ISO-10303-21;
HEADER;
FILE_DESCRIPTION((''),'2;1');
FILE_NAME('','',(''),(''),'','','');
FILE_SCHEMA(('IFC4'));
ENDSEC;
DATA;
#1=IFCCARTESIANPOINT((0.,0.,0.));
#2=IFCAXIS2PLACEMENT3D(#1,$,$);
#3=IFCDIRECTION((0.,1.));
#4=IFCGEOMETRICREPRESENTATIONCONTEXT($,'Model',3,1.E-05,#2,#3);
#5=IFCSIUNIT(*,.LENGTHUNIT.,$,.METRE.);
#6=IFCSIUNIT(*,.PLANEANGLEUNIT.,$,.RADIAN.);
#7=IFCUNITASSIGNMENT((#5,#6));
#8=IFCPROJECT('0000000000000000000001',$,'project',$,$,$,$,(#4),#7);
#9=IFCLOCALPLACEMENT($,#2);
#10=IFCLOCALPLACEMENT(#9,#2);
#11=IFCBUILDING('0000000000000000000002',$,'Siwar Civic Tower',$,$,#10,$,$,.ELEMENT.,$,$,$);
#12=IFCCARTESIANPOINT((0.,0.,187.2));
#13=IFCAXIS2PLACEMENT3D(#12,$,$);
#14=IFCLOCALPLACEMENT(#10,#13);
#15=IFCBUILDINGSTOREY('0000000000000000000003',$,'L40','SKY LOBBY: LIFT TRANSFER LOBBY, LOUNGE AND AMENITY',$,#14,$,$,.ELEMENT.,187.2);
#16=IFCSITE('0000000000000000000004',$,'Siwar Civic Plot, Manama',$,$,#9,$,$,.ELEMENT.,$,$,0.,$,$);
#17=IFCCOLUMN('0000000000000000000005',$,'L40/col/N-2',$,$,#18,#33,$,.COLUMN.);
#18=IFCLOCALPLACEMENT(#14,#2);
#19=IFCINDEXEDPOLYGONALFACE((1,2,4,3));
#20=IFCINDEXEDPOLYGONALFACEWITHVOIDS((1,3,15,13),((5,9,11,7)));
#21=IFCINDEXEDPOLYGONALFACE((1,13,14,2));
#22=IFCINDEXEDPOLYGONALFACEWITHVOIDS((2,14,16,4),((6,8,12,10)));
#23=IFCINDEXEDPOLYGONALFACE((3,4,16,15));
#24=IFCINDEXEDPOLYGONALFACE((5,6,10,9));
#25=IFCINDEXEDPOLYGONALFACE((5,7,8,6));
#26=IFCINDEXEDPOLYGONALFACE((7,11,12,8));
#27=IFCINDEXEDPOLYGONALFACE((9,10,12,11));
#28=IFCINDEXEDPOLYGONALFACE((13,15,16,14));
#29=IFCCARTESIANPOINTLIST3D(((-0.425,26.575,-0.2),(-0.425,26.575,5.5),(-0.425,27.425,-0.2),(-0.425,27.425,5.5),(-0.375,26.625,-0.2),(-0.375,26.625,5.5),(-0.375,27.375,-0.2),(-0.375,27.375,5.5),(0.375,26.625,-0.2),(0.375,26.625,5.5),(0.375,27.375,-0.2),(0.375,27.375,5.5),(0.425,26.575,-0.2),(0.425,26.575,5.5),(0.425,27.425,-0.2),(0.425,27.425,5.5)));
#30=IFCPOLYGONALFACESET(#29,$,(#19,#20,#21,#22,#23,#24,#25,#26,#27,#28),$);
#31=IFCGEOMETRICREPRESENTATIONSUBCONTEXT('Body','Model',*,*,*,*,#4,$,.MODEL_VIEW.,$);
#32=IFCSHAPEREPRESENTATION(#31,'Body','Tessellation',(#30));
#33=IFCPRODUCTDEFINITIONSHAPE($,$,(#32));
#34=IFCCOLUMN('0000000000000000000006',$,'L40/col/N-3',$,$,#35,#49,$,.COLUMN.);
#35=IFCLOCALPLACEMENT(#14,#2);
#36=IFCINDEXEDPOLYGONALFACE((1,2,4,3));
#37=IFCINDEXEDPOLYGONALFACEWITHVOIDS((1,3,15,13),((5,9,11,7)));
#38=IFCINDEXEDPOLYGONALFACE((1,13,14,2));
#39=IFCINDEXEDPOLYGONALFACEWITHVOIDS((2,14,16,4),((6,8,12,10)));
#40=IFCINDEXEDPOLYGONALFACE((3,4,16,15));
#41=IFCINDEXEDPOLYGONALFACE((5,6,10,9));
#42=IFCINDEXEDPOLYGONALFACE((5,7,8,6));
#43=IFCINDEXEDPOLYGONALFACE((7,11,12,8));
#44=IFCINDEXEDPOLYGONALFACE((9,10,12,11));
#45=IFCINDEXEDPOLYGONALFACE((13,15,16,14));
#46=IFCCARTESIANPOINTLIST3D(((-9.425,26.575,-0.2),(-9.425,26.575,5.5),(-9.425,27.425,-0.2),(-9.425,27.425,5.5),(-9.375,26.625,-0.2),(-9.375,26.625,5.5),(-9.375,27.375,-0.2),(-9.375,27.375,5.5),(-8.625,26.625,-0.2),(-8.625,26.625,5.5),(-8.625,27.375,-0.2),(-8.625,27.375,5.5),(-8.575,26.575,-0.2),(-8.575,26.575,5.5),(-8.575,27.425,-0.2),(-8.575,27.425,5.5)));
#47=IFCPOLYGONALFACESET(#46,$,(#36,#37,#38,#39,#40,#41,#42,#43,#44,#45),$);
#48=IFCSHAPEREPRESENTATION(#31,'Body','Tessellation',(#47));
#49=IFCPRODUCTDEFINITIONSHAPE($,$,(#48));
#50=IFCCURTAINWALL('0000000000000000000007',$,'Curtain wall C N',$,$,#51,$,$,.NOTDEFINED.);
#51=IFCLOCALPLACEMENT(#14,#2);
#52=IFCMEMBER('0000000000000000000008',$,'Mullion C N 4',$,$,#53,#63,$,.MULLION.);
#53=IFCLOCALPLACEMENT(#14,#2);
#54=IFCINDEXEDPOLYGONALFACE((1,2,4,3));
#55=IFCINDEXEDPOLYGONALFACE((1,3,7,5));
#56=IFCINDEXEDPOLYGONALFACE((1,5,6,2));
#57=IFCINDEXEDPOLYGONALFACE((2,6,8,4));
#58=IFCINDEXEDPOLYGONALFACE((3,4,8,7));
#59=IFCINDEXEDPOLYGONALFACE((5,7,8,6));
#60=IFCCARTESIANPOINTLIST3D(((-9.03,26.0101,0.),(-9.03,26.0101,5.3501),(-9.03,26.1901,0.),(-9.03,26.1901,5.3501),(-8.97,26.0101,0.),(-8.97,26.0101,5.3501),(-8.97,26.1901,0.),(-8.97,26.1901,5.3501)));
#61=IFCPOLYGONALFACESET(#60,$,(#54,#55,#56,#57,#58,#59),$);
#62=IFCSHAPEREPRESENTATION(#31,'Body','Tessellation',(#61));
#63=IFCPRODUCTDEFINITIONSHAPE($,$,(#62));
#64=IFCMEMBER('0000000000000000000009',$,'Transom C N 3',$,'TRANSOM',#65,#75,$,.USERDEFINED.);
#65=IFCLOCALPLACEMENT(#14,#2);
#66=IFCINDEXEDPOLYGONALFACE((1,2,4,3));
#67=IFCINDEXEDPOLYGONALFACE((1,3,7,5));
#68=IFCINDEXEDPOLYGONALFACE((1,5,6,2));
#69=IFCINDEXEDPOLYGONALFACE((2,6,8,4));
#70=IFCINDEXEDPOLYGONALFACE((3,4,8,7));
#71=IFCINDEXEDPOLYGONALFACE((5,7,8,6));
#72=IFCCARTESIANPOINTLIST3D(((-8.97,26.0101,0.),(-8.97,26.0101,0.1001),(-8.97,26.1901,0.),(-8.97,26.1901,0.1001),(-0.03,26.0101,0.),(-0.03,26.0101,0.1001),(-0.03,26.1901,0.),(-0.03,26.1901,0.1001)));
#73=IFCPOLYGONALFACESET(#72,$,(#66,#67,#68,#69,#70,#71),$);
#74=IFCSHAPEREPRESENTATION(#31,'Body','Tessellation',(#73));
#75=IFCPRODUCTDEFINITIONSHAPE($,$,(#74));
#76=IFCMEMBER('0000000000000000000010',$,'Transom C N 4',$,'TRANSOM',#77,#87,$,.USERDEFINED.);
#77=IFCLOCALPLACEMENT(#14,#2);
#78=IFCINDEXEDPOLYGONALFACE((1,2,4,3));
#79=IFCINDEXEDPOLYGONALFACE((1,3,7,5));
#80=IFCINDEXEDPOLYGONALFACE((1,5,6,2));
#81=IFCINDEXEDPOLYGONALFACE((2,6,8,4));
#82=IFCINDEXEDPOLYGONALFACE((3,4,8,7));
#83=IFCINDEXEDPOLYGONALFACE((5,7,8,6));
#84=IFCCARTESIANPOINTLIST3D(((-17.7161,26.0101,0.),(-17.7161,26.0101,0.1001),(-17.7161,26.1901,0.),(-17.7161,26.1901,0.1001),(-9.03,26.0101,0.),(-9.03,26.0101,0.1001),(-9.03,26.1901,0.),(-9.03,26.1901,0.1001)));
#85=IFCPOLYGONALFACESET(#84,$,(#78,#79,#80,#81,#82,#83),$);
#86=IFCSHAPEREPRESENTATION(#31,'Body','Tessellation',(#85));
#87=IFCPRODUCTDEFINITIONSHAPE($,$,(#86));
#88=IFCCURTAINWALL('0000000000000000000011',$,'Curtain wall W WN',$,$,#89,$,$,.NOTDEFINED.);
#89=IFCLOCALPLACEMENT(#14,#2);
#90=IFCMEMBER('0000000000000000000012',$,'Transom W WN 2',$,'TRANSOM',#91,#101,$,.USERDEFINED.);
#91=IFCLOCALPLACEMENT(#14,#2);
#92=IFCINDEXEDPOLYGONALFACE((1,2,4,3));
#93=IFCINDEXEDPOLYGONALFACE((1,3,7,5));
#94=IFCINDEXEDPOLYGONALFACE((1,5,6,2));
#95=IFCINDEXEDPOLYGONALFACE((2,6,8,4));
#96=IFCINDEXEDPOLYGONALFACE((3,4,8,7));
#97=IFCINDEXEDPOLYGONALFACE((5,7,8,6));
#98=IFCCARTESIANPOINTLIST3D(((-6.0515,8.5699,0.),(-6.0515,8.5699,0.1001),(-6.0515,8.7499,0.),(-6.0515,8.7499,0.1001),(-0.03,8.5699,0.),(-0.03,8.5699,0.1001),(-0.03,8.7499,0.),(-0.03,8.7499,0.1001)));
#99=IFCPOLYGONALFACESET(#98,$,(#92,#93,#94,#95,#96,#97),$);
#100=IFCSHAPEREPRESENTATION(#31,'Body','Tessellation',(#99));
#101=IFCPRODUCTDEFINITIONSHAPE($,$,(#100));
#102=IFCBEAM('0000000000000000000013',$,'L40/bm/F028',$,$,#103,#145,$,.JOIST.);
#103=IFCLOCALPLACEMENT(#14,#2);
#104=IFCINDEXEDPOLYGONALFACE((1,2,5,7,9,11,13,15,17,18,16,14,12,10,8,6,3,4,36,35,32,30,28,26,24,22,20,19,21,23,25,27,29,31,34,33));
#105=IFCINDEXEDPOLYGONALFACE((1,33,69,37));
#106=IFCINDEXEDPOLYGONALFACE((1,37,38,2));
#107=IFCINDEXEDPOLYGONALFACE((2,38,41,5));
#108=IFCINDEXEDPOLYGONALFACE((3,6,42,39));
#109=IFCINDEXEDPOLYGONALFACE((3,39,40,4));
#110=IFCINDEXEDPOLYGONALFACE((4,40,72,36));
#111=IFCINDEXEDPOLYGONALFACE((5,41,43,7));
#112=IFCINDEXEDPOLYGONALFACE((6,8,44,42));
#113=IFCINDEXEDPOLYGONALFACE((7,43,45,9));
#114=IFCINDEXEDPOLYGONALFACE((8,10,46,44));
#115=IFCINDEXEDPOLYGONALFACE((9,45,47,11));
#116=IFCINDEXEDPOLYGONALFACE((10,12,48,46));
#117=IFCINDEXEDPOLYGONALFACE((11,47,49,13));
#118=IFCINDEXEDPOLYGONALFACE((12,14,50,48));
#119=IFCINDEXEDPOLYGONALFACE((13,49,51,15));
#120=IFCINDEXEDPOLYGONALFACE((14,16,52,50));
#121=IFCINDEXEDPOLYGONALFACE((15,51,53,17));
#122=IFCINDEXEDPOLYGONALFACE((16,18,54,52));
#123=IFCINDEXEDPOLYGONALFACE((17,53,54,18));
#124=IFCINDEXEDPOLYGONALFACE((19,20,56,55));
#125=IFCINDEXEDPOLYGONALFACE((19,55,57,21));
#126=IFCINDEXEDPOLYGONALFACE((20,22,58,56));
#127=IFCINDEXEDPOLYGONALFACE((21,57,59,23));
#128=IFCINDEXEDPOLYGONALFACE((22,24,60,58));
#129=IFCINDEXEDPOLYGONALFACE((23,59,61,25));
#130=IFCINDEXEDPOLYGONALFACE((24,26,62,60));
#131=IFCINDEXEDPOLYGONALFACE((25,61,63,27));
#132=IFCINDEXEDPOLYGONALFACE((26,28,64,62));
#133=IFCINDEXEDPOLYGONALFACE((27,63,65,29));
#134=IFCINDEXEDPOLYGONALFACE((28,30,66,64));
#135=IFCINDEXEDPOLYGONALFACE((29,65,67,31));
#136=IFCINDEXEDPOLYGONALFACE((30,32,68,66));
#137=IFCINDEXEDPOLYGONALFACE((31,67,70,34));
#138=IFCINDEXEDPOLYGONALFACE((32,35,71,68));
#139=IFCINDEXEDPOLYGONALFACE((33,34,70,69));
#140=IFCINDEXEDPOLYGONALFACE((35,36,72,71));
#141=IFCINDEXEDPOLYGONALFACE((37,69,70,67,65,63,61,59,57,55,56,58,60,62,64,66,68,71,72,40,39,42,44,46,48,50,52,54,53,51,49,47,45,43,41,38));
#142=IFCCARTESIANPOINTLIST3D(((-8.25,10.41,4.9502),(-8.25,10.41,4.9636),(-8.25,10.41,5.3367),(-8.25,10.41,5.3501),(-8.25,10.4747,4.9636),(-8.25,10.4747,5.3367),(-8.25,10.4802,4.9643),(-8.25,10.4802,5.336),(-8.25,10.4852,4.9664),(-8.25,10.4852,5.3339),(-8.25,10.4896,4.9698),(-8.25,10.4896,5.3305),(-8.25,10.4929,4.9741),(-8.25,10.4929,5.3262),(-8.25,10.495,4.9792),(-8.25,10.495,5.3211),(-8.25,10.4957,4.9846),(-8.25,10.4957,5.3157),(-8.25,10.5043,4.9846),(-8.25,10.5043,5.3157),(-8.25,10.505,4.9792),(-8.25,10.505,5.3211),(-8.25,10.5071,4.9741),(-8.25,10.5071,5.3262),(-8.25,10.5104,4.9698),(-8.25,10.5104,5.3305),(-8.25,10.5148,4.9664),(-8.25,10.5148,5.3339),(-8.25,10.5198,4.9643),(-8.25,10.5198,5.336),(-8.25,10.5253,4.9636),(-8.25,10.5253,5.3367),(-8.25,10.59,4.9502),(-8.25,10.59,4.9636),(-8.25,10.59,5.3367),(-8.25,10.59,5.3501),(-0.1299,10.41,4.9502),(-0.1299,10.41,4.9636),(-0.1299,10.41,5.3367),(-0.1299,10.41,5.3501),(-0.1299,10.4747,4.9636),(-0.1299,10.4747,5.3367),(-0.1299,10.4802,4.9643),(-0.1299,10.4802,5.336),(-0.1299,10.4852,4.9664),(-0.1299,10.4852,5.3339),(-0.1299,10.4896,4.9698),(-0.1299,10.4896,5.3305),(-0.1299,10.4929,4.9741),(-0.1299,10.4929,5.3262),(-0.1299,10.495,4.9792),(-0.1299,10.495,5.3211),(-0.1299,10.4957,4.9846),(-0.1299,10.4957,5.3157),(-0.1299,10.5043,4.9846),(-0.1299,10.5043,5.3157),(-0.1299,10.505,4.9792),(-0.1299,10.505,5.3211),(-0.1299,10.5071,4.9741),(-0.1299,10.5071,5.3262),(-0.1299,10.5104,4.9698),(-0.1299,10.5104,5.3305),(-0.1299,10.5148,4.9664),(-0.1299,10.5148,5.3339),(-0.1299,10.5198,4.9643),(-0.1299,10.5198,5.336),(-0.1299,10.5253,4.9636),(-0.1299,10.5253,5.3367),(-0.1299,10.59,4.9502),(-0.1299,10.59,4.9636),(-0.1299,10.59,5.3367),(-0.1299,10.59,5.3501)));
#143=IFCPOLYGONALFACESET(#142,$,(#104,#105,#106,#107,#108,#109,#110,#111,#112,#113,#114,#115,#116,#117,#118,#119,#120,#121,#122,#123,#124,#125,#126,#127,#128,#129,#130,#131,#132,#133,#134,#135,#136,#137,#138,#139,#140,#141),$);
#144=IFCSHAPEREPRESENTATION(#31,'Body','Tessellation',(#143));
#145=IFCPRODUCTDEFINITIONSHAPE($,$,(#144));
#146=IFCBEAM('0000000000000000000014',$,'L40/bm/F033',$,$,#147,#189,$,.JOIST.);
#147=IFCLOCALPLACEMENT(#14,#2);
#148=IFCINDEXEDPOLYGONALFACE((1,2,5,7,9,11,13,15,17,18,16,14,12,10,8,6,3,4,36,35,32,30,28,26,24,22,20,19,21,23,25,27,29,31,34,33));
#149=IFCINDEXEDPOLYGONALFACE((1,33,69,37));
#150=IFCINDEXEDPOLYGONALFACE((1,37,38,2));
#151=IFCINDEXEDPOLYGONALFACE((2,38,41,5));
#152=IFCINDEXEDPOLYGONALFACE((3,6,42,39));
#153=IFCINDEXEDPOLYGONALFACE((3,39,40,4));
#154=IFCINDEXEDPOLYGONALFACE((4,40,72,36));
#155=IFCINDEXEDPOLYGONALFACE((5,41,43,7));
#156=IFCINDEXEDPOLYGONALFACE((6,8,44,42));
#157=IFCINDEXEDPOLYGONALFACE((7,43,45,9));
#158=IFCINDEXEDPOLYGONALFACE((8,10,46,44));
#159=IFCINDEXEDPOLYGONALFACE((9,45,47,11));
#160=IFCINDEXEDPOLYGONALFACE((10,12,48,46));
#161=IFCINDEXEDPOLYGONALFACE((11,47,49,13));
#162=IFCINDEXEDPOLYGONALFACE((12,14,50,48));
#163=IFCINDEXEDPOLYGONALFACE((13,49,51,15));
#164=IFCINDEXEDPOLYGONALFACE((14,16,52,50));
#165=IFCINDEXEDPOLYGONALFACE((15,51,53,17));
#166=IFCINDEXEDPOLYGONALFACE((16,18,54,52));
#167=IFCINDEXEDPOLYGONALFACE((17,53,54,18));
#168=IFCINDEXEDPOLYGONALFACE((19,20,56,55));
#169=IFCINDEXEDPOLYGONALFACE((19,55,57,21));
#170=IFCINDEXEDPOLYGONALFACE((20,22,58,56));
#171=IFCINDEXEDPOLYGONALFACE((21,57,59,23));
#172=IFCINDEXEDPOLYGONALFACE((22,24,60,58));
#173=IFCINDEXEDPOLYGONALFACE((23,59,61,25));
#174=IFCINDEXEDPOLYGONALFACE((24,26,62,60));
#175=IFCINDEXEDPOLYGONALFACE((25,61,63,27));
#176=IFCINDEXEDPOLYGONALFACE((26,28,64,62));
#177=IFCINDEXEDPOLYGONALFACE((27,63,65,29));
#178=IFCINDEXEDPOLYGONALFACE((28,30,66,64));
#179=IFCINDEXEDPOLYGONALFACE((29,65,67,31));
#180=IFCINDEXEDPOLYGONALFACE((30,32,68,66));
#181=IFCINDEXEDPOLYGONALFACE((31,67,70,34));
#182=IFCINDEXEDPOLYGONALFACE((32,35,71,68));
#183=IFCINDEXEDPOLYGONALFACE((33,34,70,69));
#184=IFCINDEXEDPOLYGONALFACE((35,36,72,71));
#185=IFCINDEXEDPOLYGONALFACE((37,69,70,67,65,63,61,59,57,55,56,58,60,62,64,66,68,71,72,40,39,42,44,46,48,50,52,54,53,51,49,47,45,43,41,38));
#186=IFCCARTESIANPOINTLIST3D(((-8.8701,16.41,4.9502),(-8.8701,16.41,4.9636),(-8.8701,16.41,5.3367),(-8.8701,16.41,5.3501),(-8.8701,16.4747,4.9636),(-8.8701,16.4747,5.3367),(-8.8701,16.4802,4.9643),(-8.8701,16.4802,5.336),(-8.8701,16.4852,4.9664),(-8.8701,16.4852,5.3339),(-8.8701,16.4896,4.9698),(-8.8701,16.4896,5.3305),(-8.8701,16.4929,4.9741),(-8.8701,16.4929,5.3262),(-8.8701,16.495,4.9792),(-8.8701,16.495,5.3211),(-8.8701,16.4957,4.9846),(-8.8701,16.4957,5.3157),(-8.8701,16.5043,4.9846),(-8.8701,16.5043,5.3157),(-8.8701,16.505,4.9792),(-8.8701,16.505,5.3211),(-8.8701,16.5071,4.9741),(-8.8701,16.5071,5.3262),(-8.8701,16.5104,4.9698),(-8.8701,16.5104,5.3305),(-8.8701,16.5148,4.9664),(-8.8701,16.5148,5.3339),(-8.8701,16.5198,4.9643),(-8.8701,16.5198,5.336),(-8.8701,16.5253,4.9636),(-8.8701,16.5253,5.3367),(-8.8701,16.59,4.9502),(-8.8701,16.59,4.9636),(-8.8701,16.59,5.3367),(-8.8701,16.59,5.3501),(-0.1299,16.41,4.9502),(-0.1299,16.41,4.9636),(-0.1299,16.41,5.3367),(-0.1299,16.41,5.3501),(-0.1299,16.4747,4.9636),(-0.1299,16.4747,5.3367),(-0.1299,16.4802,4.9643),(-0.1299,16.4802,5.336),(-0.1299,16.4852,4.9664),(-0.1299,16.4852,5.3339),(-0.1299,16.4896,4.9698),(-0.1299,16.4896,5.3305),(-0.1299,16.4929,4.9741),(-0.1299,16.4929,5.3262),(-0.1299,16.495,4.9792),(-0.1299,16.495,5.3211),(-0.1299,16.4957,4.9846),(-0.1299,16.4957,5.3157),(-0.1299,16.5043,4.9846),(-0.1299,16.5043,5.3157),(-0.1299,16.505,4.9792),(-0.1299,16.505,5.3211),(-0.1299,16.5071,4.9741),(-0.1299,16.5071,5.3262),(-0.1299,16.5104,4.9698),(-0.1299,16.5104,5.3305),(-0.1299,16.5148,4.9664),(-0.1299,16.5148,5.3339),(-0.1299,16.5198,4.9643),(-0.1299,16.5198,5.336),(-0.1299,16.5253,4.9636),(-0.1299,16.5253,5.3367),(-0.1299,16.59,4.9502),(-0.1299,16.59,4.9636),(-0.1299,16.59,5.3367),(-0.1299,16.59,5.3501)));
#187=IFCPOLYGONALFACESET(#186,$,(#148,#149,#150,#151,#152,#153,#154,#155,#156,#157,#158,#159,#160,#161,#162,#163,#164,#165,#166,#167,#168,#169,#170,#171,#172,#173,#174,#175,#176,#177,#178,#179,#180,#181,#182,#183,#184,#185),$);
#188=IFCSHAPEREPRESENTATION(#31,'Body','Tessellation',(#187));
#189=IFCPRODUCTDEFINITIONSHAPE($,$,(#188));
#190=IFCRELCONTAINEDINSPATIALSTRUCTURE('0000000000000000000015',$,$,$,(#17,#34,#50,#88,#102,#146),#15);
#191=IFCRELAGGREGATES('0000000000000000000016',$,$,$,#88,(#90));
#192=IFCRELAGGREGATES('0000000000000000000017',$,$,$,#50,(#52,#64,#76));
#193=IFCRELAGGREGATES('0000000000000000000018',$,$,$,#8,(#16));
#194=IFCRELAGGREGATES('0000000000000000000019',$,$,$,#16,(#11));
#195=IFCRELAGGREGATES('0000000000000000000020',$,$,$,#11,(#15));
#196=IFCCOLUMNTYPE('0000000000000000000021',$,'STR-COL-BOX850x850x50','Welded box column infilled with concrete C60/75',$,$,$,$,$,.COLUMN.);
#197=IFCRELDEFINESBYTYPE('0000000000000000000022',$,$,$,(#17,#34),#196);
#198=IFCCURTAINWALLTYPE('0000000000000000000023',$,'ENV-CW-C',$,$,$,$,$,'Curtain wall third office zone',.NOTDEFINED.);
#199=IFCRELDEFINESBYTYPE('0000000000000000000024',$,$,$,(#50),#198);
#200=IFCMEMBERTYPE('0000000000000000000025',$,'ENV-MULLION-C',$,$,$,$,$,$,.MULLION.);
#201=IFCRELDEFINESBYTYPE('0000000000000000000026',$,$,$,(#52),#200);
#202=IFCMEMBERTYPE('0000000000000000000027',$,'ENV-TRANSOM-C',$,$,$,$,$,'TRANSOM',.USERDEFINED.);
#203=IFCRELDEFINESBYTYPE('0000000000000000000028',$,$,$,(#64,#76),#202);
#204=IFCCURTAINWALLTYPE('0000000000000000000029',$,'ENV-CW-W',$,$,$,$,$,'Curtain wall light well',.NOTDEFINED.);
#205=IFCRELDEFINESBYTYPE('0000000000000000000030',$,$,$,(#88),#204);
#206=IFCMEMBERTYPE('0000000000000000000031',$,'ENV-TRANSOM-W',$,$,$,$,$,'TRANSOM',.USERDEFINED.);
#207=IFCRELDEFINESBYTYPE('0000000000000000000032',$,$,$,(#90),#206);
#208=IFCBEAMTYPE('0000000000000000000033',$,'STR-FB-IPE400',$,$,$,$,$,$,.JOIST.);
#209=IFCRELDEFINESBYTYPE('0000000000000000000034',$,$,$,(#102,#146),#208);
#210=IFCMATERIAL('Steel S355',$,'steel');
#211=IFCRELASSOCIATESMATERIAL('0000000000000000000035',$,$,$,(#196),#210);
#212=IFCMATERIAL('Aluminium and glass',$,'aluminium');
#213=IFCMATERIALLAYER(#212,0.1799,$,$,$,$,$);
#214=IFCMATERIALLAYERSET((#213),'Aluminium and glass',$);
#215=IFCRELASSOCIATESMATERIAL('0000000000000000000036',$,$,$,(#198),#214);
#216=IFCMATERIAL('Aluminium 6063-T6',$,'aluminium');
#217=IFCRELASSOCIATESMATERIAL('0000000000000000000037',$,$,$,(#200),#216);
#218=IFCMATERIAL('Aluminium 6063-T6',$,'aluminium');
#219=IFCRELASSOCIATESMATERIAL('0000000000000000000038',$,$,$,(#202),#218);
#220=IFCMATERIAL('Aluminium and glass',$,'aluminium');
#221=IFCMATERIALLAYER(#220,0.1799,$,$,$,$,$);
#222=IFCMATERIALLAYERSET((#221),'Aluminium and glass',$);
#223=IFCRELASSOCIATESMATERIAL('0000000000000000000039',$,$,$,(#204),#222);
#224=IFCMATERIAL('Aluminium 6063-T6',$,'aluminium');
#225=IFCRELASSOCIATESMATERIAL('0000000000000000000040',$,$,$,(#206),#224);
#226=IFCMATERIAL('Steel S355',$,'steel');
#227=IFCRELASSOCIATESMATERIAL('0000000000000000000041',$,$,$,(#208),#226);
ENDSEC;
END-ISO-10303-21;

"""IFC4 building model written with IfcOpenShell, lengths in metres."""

from ifc_helpers import new_model, si_unit, direction, frame, origin, origin_2d, place, context, subcontext, project, spatial, rectangle, hollow_rectangle, i_section, extrude, material, layer, layer_set, material_profile, profile_set, type_object, element, aggregate, save


model = new_model("IFC4")

# Units and contexts
model_context = context("Model", 3, precision=1e-05, world=origin(), true_north=direction((0.0, 1.0)))
body_context = subcontext(model_context, "Body", "Model", "MODEL_VIEW")
ifc_project = project(units=[si_unit("LENGTHUNIT", "METRE"), si_unit("PLANEANGLEUNIT", "RADIAN")], contexts=[model_context])

# Site, building, storey
site_placement = place(None, origin())
site = spatial("IfcSite", under=ifc_project, at=site_placement, Name="Siwar Civic Plot, Manama", CompositionType="ELEMENT", RefElevation=0.0)
building_placement = place(site_placement, origin())
building = spatial("IfcBuilding", under=site, at=building_placement, Name="Siwar Civic Tower", CompositionType="ELEMENT")
storey_placement = place(building_placement, frame((0.0, 0.0, 187.2)))
storey = spatial("IfcBuildingStorey", under=building, at=storey_placement, Name="L40", Description="SKY LOBBY: LIFT TRANSFER LOBBY, LOUNGE AND AMENITY", CompositionType="ELEMENT", Elevation=187.2)

# Columns
ifc_material_1 = material(Name="Steel S355", Category="steel")
ifc_material_profile_1 = material_profile(ifc_material_1, hollow_rectangle(XDim=0.8501, YDim=0.8501, WallThickness=0.05, at=origin_2d()), Name="BOX850x850x50")
ifc_profile_set_1 = profile_set([ifc_material_profile_1], Name="Steel S355")
column_type = type_object("IfcColumnType", Name="STR-COL-BOX850x850x50", Description="Welded box column infilled with concrete C60/75", PredefinedType="COLUMN", material=ifc_profile_set_1)
for number, where, z_axis, x_axis, name in (
    (1, (0.0, 27.0, -0.2), (0.0, 0.0, 1.0), (1.0, 0.0, 0.0), "L40/col/N-2"),
    (2, (-9.0, 27.0, -0.2), (0.0, 0.0, 1.0), (1.0, 0.0, 0.0), "L40/col/N-3"),
):
    element("IfcColumn", number, at=place(storey_placement, frame(where, z_axis=z_axis, x_axis=x_axis)), inside=storey, type_object=column_type, Name=name, PredefinedType="COLUMN", context=body_context, shape_type="SweptSolid", body=[
        extrude(hollow_rectangle(XDim=0.8501, YDim=0.8501, WallThickness=0.05, at=origin_2d()), origin(), (0.0, 0.0, 1.0), 5.7),
    ])

# Curtain wall, members
ifc_material_2 = material(Name="Aluminium and glass", Category="aluminium")
ifc_layer_1 = layer(ifc_material_2, 0.1799)
ifc_layer_set_1 = layer_set([ifc_layer_1], Name="Aluminium and glass")
curtain_wall_type_1 = type_object("IfcCurtainWallType", Name="ENV-CW-C", ElementType="Curtain wall third office zone", PredefinedType="NOTDEFINED", material=ifc_layer_set_1)
curtain_wall_1_placement = place(storey_placement, origin())
curtain_wall_1 = element("IfcCurtainWall", 3, at=curtain_wall_1_placement, inside=storey, type_object=curtain_wall_type_1, Name="Curtain wall C N", PredefinedType="NOTDEFINED")
ifc_material_3 = material(Name="Aluminium 6063-T6", Category="aluminium")
ifc_material_profile_2 = material_profile(ifc_material_3, rectangle(XDim=0.1799, YDim=0.0601, at=origin_2d()), Name="AL 180x60")
ifc_profile_set_2 = profile_set([ifc_material_profile_2], Name="Aluminium 6063-T6")
member_type_1 = type_object("IfcMemberType", Name="ENV-MULLION-C", PredefinedType="MULLION", material=ifc_profile_set_2)
member_1_placement = place(storey_placement, frame((-9.0, 26.1001, 0.0), z_axis=(0.0, 0.0, 1.0), x_axis=(0.0, -1.0, 0.0)))
member_1 = element("IfcMember", 4, at=member_1_placement, type_object=member_type_1, Name="Mullion C N 4", PredefinedType="MULLION", context=body_context, shape_type="SweptSolid", body=[
    extrude(rectangle(XDim=0.1799, YDim=0.0601, at=origin_2d()), origin(), (0.0, 0.0, 1.0), 5.3501),
])
ifc_material_4 = material(Name="Aluminium 6063-T6", Category="aluminium")
ifc_material_profile_3 = material_profile(ifc_material_4, rectangle(XDim=0.1799, YDim=0.1001, at=origin_2d()), Name="AL 180x100")
ifc_profile_set_3 = profile_set([ifc_material_profile_3], Name="Aluminium 6063-T6")
member_type_2 = type_object("IfcMemberType", Name="ENV-TRANSOM-C", ElementType="TRANSOM", PredefinedType="USERDEFINED", material=ifc_profile_set_3)
member_2_placement = place(storey_placement, frame((-0.03, 26.1001, 0.05), z_axis=(-1.0, 0.0, 0.0), x_axis=(0.0, -1.0, 0.0)))
member_2 = element("IfcMember", 5, at=member_2_placement, type_object=member_type_2, Name="Transom C N 3", ObjectType="TRANSOM", PredefinedType="USERDEFINED", context=body_context, shape_type="SweptSolid", body=[
    extrude(rectangle(XDim=0.1799, YDim=0.1001, at=origin_2d()), origin(), (0.0, 0.0, 1.0), 8.9399),
])
member_3_placement = place(storey_placement, frame((-9.03, 26.1001, 0.05), z_axis=(-1.0, 0.0, 0.0), x_axis=(0.0, -1.0, 0.0)))
member_3 = element("IfcMember", 6, at=member_3_placement, type_object=member_type_2, Name="Transom C N 4", ObjectType="TRANSOM", PredefinedType="USERDEFINED", context=body_context, shape_type="SweptSolid", body=[
    extrude(rectangle(XDim=0.1799, YDim=0.1001, at=origin_2d()), origin(), (0.0, 0.0, 1.0), 8.686),
])

# Curtain wall, member
ifc_material_5 = material(Name="Aluminium and glass", Category="aluminium")
ifc_layer_2 = layer(ifc_material_5, 0.1799)
ifc_layer_set_2 = layer_set([ifc_layer_2], Name="Aluminium and glass")
curtain_wall_type_2 = type_object("IfcCurtainWallType", Name="ENV-CW-W", ElementType="Curtain wall light well", PredefinedType="NOTDEFINED", material=ifc_layer_set_2)
curtain_wall_2_placement = place(storey_placement, origin())
curtain_wall_2 = element("IfcCurtainWall", 7, at=curtain_wall_2_placement, inside=storey, type_object=curtain_wall_type_2, Name="Curtain wall W WN", PredefinedType="NOTDEFINED")
ifc_material_6 = material(Name="Aluminium 6063-T6", Category="aluminium")
ifc_material_profile_4 = material_profile(ifc_material_6, rectangle(XDim=0.1799, YDim=0.1001, at=origin_2d()), Name="AL 180x100")
ifc_profile_set_4 = profile_set([ifc_material_profile_4], Name="Aluminium 6063-T6")
member_type_3 = type_object("IfcMemberType", Name="ENV-TRANSOM-W", ElementType="TRANSOM", PredefinedType="USERDEFINED", material=ifc_profile_set_4)
member_4_placement = place(storey_placement, frame((-0.03, 8.6599, 0.05), z_axis=(-1.0, 0.0, 0.0), x_axis=(0.0, -1.0, 0.0)))
member_4 = element("IfcMember", 8, at=member_4_placement, type_object=member_type_3, Name="Transom W WN 2", ObjectType="TRANSOM", PredefinedType="USERDEFINED", context=body_context, shape_type="SweptSolid", body=[
    extrude(rectangle(XDim=0.1799, YDim=0.1001, at=origin_2d()), origin(), (0.0, 0.0, 1.0), 6.0215),
])
aggregate(curtain_wall_2, [member_4])

# Beams
ifc_material_7 = material(Name="Steel S355", Category="steel")
ifc_material_profile_5 = material_profile(ifc_material_7, i_section(OverallWidth=0.1799, OverallDepth=0.3999, WebThickness=0.0085, FlangeThickness=0.0134, FilletRadius=0.021, at=origin_2d()), Name="IPE400")
ifc_profile_set_5 = profile_set([ifc_material_profile_5], Name="Steel S355")
beam_type_1 = type_object("IfcBeamType", Name="STR-FB-IPE400", PredefinedType="JOIST", material=ifc_profile_set_5)
beam_1_placement = place(storey_placement, frame((-8.25, 10.5, 5.1501), z_axis=(1.0, 0.0, 0.0), x_axis=(0.0, 1.0, 0.0)))
element("IfcBeam", 9, at=beam_1_placement, inside=storey, type_object=beam_type_1, Name="L40/bm/F028", PredefinedType="JOIST", context=body_context, shape_type="SweptSolid", body=[
    extrude(i_section(OverallWidth=0.1799, OverallDepth=0.3999, WebThickness=0.0085, FlangeThickness=0.0134, FilletRadius=0.021, at=origin_2d()), origin(), (0.0, 0.0, 1.0), 8.1201),
])
for number, where, z_axis, x_axis, name in (
    (10, (-8.8701, 16.5, 5.1501), (1.0, 0.0, 0.0), (0.0, 1.0, 0.0), "L40/bm/F033"),
):
    element("IfcBeam", number, at=place(storey_placement, frame(where, z_axis=z_axis, x_axis=x_axis)), inside=storey, type_object=beam_type_1, Name=name, PredefinedType="JOIST", context=body_context, shape_type="SweptSolid", body=[
        extrude(i_section(OverallWidth=0.1799, OverallDepth=0.3999, WebThickness=0.0085, FlangeThickness=0.0134, FilletRadius=0.021, at=origin_2d()), origin(), (0.0, 0.0, 1.0), 8.7402),
    ])

aggregate(curtain_wall_1, [member_1, member_2, member_3])

save(model, "model.ifc")
